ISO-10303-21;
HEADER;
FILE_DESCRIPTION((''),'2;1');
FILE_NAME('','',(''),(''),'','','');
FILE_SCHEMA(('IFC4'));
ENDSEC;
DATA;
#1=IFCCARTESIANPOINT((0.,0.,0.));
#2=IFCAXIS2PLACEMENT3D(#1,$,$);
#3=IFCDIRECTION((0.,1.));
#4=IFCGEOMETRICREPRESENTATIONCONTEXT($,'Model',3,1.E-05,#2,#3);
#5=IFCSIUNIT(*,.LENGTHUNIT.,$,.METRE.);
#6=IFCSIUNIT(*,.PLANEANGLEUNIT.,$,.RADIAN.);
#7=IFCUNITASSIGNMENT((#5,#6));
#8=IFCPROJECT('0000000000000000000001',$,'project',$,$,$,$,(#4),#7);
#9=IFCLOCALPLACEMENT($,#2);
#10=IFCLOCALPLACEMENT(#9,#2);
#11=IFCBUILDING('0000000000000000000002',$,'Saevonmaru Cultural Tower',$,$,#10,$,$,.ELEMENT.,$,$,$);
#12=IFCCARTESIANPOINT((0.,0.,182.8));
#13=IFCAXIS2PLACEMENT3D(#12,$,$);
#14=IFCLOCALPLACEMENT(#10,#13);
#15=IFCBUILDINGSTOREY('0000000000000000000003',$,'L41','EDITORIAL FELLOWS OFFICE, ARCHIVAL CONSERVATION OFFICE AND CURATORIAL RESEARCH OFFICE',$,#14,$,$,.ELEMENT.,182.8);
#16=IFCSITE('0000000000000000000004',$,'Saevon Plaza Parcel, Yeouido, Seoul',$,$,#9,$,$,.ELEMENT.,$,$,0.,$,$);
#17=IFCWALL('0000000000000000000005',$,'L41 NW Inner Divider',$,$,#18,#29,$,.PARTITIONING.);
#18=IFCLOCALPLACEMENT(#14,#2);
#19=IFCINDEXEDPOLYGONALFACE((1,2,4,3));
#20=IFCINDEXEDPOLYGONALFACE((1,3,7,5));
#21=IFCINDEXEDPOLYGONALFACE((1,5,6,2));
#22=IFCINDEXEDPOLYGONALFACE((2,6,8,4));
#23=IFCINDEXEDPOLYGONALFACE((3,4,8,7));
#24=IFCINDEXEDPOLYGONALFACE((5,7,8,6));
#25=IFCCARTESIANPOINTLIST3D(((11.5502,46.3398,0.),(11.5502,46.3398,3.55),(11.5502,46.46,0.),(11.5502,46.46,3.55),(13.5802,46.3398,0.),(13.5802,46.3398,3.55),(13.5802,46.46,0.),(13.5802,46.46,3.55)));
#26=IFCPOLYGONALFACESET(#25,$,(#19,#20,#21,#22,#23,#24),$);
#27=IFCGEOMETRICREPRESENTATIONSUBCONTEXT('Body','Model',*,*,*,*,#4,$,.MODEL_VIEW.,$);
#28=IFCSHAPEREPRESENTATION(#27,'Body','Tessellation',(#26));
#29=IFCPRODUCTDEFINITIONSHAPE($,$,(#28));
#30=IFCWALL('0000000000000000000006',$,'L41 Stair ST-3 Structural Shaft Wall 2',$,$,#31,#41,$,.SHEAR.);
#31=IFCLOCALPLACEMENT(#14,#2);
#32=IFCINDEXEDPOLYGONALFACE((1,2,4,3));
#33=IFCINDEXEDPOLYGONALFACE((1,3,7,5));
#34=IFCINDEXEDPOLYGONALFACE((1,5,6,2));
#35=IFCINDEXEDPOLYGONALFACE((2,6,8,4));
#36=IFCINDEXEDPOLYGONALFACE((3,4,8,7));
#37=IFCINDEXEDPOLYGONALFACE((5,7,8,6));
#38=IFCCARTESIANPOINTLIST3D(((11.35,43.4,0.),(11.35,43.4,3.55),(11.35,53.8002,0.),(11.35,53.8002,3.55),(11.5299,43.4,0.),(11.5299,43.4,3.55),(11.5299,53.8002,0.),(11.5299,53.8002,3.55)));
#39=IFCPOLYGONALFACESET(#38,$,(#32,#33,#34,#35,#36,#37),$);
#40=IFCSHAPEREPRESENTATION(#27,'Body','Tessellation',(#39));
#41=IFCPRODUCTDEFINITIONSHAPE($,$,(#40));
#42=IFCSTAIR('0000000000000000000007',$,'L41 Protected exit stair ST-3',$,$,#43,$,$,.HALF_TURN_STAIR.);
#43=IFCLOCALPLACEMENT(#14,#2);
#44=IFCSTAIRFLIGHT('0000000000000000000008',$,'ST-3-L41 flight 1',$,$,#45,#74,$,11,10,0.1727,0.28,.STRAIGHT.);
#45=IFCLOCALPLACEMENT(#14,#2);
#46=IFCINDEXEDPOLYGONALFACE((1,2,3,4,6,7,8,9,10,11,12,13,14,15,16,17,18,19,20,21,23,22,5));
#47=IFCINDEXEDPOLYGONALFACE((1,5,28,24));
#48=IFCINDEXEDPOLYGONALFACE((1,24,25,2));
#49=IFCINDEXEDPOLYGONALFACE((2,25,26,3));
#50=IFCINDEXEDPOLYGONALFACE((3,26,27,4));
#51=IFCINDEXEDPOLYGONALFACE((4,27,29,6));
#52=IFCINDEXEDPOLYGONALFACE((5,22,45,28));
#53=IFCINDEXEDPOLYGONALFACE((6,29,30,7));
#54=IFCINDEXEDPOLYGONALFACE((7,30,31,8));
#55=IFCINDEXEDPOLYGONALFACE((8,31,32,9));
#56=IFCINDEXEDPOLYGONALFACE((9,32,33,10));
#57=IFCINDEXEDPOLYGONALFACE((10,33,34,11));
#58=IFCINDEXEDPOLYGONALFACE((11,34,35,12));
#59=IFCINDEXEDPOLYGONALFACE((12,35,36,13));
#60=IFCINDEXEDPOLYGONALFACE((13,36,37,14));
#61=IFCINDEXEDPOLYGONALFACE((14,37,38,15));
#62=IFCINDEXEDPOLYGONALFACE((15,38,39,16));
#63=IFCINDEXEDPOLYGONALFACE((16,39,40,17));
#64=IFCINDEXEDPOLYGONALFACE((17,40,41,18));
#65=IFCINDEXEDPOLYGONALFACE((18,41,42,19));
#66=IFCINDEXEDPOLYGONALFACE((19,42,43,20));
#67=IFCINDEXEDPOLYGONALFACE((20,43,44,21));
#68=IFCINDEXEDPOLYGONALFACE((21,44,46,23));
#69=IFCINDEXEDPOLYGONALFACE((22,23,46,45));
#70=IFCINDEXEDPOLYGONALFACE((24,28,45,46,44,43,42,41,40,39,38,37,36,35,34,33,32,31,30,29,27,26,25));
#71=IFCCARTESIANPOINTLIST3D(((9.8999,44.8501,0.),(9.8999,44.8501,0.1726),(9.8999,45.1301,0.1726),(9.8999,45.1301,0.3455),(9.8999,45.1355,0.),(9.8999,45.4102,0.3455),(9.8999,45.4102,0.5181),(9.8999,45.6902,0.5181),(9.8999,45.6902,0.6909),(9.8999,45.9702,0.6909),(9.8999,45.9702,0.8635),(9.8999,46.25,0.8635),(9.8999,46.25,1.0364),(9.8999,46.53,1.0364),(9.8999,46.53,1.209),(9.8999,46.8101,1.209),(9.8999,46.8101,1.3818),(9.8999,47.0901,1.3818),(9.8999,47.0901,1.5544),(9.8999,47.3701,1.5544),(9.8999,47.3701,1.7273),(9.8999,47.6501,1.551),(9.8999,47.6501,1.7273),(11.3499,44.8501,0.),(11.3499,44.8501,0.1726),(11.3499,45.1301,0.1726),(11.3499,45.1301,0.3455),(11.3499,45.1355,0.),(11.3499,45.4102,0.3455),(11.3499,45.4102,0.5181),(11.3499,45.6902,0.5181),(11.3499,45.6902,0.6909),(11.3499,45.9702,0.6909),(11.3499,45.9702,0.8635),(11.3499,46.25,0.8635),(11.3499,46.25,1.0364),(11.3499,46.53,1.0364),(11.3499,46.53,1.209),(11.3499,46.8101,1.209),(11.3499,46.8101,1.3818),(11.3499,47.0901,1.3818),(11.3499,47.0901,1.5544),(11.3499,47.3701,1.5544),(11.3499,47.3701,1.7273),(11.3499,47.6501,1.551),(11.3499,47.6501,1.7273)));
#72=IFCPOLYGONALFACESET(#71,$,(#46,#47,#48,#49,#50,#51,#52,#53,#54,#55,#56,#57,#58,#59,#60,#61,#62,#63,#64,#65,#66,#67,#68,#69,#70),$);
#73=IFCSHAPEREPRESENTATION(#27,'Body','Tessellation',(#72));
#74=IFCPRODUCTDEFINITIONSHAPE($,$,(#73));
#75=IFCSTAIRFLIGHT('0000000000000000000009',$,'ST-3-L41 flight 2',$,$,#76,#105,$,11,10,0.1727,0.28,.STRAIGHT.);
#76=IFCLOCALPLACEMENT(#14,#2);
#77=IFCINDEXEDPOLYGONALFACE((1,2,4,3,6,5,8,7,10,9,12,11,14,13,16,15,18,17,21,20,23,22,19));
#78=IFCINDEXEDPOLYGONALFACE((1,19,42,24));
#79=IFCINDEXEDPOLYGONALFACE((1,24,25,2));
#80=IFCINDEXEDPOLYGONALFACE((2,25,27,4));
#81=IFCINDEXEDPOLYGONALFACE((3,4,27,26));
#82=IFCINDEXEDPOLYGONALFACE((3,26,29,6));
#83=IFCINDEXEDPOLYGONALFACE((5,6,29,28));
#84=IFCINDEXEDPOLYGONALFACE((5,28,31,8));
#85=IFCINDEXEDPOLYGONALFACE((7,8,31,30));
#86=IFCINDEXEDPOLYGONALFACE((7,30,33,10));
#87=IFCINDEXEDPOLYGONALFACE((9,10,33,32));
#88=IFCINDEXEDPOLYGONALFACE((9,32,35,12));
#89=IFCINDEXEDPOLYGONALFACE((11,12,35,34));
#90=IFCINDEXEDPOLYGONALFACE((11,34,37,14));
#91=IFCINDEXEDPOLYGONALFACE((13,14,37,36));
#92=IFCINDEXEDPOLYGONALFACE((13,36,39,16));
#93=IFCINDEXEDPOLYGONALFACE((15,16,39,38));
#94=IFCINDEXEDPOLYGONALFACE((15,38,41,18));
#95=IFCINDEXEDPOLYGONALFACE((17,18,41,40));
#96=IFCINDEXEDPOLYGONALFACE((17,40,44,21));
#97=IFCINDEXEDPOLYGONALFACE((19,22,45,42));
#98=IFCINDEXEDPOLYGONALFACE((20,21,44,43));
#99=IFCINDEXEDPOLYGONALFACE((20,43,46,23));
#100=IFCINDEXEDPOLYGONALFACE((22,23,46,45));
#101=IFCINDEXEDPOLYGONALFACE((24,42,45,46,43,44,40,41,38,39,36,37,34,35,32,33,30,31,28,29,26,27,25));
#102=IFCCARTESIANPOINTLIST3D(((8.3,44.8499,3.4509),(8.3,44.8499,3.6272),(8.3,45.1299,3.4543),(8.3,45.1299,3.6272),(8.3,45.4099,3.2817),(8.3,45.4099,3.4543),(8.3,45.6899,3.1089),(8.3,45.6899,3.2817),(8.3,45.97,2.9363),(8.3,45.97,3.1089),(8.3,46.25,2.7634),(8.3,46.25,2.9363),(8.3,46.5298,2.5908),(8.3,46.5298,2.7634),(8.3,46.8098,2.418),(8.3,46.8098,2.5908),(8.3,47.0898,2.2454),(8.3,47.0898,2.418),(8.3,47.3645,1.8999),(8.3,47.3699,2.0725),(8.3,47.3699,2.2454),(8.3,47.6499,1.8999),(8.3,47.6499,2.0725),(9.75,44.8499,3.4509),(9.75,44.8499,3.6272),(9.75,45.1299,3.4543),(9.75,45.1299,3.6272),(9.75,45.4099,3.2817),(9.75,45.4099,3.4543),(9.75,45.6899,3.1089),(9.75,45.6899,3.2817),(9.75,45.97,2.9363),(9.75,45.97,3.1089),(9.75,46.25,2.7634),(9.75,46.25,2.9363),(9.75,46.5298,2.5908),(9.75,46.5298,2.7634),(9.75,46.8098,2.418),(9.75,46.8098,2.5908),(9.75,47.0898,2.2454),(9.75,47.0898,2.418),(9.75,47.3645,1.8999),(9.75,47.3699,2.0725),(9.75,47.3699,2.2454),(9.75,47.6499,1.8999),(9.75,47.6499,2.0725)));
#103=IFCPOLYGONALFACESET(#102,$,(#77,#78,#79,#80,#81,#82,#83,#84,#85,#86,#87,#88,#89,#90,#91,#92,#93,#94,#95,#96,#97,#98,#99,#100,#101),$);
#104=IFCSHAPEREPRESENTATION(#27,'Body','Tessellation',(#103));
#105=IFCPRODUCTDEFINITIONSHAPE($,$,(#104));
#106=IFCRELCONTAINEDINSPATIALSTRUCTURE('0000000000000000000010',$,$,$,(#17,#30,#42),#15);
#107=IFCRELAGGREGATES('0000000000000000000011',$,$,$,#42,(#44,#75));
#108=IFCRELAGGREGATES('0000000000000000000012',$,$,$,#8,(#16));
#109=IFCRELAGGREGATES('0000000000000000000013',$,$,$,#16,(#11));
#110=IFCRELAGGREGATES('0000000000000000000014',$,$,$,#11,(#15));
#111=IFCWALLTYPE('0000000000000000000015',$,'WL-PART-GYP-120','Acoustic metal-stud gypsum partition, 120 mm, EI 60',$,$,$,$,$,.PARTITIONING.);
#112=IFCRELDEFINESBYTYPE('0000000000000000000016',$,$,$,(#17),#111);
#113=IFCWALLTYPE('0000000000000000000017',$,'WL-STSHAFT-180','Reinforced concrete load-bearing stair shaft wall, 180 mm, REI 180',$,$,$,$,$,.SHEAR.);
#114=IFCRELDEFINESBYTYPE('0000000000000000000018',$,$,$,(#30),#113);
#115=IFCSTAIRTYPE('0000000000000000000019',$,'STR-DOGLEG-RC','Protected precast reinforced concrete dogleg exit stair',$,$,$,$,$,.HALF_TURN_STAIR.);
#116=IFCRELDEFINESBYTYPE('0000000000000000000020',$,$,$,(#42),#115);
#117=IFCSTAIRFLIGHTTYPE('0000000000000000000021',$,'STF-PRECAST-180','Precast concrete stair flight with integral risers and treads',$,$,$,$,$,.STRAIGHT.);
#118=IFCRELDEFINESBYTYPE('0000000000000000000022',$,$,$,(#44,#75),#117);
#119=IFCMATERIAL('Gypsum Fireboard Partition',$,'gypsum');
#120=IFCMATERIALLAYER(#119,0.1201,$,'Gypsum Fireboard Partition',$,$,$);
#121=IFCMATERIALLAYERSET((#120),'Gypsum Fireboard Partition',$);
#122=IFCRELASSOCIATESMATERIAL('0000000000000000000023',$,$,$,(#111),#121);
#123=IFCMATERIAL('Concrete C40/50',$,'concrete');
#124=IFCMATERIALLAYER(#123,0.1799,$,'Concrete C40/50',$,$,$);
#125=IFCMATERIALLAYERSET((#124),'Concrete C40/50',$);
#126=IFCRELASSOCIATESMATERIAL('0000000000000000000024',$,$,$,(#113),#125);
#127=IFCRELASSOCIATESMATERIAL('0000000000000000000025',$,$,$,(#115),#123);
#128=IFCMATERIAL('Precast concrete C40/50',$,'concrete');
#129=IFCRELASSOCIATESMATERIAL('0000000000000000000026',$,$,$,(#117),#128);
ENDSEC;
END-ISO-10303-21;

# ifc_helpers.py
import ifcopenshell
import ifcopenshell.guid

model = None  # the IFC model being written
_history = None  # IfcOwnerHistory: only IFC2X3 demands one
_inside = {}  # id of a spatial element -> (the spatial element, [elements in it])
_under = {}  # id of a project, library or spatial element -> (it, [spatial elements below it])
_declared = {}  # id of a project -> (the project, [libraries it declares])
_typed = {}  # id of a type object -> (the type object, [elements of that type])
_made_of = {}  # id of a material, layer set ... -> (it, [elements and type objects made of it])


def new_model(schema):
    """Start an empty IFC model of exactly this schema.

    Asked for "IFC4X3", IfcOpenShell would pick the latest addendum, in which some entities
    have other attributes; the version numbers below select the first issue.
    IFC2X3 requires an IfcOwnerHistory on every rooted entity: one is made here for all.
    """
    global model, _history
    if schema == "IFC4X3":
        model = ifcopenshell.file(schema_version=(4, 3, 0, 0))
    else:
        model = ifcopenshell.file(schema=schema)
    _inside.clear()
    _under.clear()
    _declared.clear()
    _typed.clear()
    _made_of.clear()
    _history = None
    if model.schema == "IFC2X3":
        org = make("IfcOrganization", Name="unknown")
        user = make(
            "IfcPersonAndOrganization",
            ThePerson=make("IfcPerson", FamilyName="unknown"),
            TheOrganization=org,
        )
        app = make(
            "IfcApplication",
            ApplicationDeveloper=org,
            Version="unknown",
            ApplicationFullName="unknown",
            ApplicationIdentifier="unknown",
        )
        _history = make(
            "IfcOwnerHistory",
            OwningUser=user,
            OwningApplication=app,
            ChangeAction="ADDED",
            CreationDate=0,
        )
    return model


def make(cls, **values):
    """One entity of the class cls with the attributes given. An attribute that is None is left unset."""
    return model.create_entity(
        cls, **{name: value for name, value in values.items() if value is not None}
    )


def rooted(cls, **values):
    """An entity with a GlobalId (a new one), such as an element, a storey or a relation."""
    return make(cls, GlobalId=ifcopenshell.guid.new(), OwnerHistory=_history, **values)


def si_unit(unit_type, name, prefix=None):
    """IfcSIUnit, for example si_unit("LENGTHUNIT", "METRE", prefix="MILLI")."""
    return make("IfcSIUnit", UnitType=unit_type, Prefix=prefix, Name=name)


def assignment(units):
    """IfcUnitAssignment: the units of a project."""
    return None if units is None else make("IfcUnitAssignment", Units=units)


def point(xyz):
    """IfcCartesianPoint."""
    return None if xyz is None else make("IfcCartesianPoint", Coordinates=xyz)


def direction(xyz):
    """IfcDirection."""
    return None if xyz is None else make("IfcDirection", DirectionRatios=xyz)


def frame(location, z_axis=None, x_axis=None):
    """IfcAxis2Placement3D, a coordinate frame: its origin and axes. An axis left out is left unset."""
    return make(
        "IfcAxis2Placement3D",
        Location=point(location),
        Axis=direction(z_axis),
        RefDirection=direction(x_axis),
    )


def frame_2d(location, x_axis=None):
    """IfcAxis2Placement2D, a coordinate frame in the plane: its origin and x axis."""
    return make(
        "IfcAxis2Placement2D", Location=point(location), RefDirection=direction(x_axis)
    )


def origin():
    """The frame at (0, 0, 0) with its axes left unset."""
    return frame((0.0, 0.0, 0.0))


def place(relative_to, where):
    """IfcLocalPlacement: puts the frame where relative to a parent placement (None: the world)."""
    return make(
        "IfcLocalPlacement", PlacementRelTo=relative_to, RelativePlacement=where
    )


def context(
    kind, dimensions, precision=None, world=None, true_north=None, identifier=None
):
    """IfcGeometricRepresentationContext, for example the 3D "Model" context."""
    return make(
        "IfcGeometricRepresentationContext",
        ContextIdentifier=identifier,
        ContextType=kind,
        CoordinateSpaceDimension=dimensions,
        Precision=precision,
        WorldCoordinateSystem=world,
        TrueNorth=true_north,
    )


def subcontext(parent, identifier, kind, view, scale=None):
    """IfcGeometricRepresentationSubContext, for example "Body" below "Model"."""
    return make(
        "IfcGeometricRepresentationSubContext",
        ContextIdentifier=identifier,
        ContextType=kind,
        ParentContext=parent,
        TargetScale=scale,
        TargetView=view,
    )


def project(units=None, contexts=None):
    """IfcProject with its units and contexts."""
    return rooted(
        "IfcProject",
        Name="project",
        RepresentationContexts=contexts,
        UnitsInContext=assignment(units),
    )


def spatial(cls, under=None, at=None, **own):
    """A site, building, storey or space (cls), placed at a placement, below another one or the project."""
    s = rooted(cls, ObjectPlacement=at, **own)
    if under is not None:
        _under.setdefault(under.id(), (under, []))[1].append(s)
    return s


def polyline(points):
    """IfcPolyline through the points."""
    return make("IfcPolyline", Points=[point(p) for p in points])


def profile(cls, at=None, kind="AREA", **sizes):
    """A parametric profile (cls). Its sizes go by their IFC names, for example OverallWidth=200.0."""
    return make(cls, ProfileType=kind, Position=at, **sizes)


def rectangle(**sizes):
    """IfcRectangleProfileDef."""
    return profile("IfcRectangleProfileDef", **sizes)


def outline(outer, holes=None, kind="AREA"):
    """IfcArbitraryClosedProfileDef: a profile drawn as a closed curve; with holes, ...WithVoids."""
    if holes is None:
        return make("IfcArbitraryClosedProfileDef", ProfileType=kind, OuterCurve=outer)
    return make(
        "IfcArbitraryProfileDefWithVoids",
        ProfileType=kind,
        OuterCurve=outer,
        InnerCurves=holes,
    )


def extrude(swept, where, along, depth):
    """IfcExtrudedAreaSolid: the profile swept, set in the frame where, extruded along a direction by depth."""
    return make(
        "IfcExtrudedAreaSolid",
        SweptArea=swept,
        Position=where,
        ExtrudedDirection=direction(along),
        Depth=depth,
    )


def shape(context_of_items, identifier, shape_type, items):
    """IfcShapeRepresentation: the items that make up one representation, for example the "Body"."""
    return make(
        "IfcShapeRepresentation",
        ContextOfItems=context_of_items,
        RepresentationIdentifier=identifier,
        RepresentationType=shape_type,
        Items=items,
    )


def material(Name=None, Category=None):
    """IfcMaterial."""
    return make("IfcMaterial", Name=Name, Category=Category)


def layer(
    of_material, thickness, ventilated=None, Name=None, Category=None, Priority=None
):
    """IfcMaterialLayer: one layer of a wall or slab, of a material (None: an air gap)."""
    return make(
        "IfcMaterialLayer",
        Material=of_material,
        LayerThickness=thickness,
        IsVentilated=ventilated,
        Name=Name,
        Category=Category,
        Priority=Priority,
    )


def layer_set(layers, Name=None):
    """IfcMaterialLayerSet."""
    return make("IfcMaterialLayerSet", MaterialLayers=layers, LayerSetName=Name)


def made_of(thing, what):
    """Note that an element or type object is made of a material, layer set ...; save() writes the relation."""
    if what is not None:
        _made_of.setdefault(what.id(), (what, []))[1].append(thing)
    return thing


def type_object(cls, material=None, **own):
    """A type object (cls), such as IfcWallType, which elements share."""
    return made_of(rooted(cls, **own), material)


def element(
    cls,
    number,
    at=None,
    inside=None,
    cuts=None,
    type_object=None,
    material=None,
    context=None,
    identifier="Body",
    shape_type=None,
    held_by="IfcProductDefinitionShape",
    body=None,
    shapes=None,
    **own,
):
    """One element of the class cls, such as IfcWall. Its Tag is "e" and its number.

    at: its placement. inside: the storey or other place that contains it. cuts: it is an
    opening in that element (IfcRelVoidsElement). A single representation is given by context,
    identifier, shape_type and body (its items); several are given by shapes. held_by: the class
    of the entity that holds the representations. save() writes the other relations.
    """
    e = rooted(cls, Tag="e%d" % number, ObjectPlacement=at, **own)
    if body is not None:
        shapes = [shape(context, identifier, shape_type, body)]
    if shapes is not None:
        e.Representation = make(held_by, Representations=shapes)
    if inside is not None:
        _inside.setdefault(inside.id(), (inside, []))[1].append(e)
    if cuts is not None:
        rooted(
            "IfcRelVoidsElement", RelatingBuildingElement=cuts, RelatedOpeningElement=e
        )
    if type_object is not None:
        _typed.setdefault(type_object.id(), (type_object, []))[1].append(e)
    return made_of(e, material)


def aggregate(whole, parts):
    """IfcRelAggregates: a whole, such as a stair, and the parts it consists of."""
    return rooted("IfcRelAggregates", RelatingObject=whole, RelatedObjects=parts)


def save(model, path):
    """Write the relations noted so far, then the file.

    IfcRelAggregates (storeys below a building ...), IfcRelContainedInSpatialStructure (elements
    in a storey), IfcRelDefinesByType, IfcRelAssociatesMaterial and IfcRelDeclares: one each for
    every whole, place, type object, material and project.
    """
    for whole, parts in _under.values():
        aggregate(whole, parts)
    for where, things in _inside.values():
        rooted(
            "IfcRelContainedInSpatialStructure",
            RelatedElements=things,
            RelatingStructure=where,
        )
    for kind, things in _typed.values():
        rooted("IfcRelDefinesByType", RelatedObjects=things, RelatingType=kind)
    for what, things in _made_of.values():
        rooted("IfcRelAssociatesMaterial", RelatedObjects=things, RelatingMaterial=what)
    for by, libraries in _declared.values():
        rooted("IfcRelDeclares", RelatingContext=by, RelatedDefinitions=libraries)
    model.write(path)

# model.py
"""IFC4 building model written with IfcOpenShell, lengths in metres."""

from ifc_helpers import new_model, si_unit, direction, frame, frame_2d, origin, place, context, subcontext, project, spatial, polyline, rectangle, outline, extrude, material, layer, layer_set, type_object, element, aggregate, save


model = new_model("IFC4")

# Units and contexts
model_context = context("Model", 3, precision=1e-05, world=origin(), true_north=direction((0.0, 1.0)))
body_context = subcontext(model_context, "Body", "Model", "MODEL_VIEW")
ifc_project = project(units=[si_unit("LENGTHUNIT", "METRE"), si_unit("PLANEANGLEUNIT", "RADIAN")], contexts=[model_context])

# Site, building, storey
site_placement = place(None, origin())
site = spatial("IfcSite", under=ifc_project, at=site_placement, Name="Saevon Plaza Parcel, Yeouido, Seoul", CompositionType="ELEMENT", RefElevation=0.0)
building_placement = place(site_placement, origin())
building = spatial("IfcBuilding", under=site, at=building_placement, Name="Saevonmaru Cultural Tower", CompositionType="ELEMENT")
storey_placement = place(building_placement, frame((0.0, 0.0, 182.8)))
storey = spatial("IfcBuildingStorey", under=building, at=storey_placement, Name="L41", Description="EDITORIAL FELLOWS OFFICE, ARCHIVAL CONSERVATION OFFICE AND CURATORIAL RESEARCH OFFICE", CompositionType="ELEMENT", Elevation=182.8)

# Wall
ifc_material_1 = material(Name="Gypsum Fireboard Partition", Category="gypsum")
ifc_layer_1 = layer(ifc_material_1, 0.1201, Name="Gypsum Fireboard Partition")
ifc_layer_set_1 = layer_set([ifc_layer_1], Name="Gypsum Fireboard Partition")
wall_type_1 = type_object("IfcWallType", Name="WL-PART-GYP-120", Description="Acoustic metal-stud gypsum partition, 120 mm, EI 60", PredefinedType="PARTITIONING", material=ifc_layer_set_1)
wall_1_placement = place(storey_placement, frame((11.55, 46.3999, 0.0), z_axis=(0.0, 0.0, 1.0), x_axis=(1.0, 0.0, 0.0)))
element("IfcWall", 1, at=wall_1_placement, inside=storey, type_object=wall_type_1, Name="L41 NW Inner Divider", PredefinedType="PARTITIONING", context=body_context, shape_type="SweptSolid", body=[
    extrude(rectangle(XDim=2.03, YDim=0.1201, at=frame_2d((1.0151, 0.0))), origin(), (0.0, 0.0, 1.0), 3.55),
])

# Shared definitions
ifc_material_2 = material(Name="Concrete C40/50", Category="concrete")
ifc_layer_2 = layer(ifc_material_2, 0.1799, Name="Concrete C40/50")
ifc_layer_set_2 = layer_set([ifc_layer_2], Name="Concrete C40/50")
wall_type_2 = type_object("IfcWallType", Name="WL-STSHAFT-180", Description="Reinforced concrete load-bearing stair shaft wall, 180 mm, REI 180", PredefinedType="SHEAR", material=ifc_layer_set_2)

# Wall
wall_2_placement = place(storey_placement, frame((11.4399, 43.3999, 0.0), z_axis=(0.0, 0.0, 1.0), x_axis=(0.0, 1.0, 0.0)))
element("IfcWall", 2, at=wall_2_placement, inside=storey, type_object=wall_type_2, Name="L41 Stair ST-3 Structural Shaft Wall 2", PredefinedType="SHEAR", context=body_context, shape_type="SweptSolid", body=[
    extrude(rectangle(XDim=10.4001, YDim=0.1799, at=frame_2d((5.2002, 0.0))), origin(), (0.0, 0.0, 1.0), 3.55),
])

# Stair, stair flights
stair_type = type_object("IfcStairType", Name="STR-DOGLEG-RC", Description="Protected precast reinforced concrete dogleg exit stair", PredefinedType="HALF_TURN_STAIR", material=ifc_material_2)
stair_placement = place(storey_placement, origin())
stair = element("IfcStair", 3, at=stair_placement, inside=storey, type_object=stair_type, Name="L41 Protected exit stair ST-3", PredefinedType="HALF_TURN_STAIR")
ifc_material_3 = material(Name="Precast concrete C40/50", Category="concrete")
stair_flight_type = type_object("IfcStairFlightType", Name="STF-PRECAST-180", Description="Precast concrete stair flight with integral risers and treads", PredefinedType="STRAIGHT", material=ifc_material_3)
stair_flight_1_placement = place(storey_placement, frame((10.625, 44.8501, 0.0), z_axis=(0.0, 0.0, 1.0), x_axis=(0.0, 1.0, 0.0)))
stair_flight_1 = element("IfcStairFlight", 4, at=stair_flight_1_placement, type_object=stair_flight_type, Name="ST-3-L41 flight 1", NumberOfRisers=11, NumberOfTreads=10, PredefinedType="STRAIGHT", RiserHeight=0.1727, TreadLength=0.28, context=body_context, shape_type="SweptSolid", body=[
    extrude(outline(polyline([(0.0, 0.0), (0.0, 0.1726), (0.28, 0.1726), (0.28, 0.3455), (0.5601, 0.3455), (0.5601, 0.5181), (0.8401, 0.5181), (0.8401, 0.6909), (1.1201, 0.6909), (1.1201, 0.8635), (1.3999, 0.8635), (1.3999, 1.0364), (1.6799, 1.0364), (1.6799, 1.209), (1.96, 1.209), (1.96, 1.3818), (2.24, 1.3818), (2.24, 1.5544), (2.52, 1.5544), (2.52, 1.7273), (2.8, 1.7273), (2.8, 1.8999), (2.8, 1.551), (0.2854, 0.0), (0.0, 0.0)])), frame((0.0, 0.7251, 0.0), z_axis=(0.0, -1.0, 0.0), x_axis=(1.0, 0.0, 0.0)), (0.0, 0.0, 1.0), 1.45),
])
stair_flight_2_placement = place(storey_placement, frame((9.0249, 47.6499, 1.8999), z_axis=(0.0, 0.0, 1.0), x_axis=(0.0, -1.0, 0.0)))
stair_flight_2 = element("IfcStairFlight", 5, at=stair_flight_2_placement, type_object=stair_flight_type, Name="ST-3-L41 flight 2", NumberOfRisers=11, NumberOfTreads=10, PredefinedType="STRAIGHT", RiserHeight=0.1727, TreadLength=0.28, context=body_context, shape_type="SweptSolid", body=[
    extrude(outline(polyline([(0.0, 0.0), (0.0, 0.1726), (0.28, 0.1726), (0.28, 0.3455), (0.5601, 0.3455), (0.5601, 0.5181), (0.8401, 0.5181), (0.8401, 0.6909), (1.1201, 0.6909), (1.1201, 0.8635), (1.3999, 0.8635), (1.3999, 1.0364), (1.6799, 1.0364), (1.6799, 1.209), (1.96, 1.209), (1.96, 1.3818), (2.24, 1.3818), (2.24, 1.5544), (2.52, 1.5544), (2.52, 1.7273), (2.8, 1.7273), (2.8, 1.8999), (2.8, 1.551), (0.2854, 0.0), (0.0, 0.0)])), frame((0.0, 0.7251, 0.0), z_axis=(0.0, -1.0, 0.0), x_axis=(1.0, 0.0, 0.0)), (0.0, 0.0, 1.0), 1.45),
])
aggregate(stair, [stair_flight_1, stair_flight_2])

save(model, "model.ifc")
